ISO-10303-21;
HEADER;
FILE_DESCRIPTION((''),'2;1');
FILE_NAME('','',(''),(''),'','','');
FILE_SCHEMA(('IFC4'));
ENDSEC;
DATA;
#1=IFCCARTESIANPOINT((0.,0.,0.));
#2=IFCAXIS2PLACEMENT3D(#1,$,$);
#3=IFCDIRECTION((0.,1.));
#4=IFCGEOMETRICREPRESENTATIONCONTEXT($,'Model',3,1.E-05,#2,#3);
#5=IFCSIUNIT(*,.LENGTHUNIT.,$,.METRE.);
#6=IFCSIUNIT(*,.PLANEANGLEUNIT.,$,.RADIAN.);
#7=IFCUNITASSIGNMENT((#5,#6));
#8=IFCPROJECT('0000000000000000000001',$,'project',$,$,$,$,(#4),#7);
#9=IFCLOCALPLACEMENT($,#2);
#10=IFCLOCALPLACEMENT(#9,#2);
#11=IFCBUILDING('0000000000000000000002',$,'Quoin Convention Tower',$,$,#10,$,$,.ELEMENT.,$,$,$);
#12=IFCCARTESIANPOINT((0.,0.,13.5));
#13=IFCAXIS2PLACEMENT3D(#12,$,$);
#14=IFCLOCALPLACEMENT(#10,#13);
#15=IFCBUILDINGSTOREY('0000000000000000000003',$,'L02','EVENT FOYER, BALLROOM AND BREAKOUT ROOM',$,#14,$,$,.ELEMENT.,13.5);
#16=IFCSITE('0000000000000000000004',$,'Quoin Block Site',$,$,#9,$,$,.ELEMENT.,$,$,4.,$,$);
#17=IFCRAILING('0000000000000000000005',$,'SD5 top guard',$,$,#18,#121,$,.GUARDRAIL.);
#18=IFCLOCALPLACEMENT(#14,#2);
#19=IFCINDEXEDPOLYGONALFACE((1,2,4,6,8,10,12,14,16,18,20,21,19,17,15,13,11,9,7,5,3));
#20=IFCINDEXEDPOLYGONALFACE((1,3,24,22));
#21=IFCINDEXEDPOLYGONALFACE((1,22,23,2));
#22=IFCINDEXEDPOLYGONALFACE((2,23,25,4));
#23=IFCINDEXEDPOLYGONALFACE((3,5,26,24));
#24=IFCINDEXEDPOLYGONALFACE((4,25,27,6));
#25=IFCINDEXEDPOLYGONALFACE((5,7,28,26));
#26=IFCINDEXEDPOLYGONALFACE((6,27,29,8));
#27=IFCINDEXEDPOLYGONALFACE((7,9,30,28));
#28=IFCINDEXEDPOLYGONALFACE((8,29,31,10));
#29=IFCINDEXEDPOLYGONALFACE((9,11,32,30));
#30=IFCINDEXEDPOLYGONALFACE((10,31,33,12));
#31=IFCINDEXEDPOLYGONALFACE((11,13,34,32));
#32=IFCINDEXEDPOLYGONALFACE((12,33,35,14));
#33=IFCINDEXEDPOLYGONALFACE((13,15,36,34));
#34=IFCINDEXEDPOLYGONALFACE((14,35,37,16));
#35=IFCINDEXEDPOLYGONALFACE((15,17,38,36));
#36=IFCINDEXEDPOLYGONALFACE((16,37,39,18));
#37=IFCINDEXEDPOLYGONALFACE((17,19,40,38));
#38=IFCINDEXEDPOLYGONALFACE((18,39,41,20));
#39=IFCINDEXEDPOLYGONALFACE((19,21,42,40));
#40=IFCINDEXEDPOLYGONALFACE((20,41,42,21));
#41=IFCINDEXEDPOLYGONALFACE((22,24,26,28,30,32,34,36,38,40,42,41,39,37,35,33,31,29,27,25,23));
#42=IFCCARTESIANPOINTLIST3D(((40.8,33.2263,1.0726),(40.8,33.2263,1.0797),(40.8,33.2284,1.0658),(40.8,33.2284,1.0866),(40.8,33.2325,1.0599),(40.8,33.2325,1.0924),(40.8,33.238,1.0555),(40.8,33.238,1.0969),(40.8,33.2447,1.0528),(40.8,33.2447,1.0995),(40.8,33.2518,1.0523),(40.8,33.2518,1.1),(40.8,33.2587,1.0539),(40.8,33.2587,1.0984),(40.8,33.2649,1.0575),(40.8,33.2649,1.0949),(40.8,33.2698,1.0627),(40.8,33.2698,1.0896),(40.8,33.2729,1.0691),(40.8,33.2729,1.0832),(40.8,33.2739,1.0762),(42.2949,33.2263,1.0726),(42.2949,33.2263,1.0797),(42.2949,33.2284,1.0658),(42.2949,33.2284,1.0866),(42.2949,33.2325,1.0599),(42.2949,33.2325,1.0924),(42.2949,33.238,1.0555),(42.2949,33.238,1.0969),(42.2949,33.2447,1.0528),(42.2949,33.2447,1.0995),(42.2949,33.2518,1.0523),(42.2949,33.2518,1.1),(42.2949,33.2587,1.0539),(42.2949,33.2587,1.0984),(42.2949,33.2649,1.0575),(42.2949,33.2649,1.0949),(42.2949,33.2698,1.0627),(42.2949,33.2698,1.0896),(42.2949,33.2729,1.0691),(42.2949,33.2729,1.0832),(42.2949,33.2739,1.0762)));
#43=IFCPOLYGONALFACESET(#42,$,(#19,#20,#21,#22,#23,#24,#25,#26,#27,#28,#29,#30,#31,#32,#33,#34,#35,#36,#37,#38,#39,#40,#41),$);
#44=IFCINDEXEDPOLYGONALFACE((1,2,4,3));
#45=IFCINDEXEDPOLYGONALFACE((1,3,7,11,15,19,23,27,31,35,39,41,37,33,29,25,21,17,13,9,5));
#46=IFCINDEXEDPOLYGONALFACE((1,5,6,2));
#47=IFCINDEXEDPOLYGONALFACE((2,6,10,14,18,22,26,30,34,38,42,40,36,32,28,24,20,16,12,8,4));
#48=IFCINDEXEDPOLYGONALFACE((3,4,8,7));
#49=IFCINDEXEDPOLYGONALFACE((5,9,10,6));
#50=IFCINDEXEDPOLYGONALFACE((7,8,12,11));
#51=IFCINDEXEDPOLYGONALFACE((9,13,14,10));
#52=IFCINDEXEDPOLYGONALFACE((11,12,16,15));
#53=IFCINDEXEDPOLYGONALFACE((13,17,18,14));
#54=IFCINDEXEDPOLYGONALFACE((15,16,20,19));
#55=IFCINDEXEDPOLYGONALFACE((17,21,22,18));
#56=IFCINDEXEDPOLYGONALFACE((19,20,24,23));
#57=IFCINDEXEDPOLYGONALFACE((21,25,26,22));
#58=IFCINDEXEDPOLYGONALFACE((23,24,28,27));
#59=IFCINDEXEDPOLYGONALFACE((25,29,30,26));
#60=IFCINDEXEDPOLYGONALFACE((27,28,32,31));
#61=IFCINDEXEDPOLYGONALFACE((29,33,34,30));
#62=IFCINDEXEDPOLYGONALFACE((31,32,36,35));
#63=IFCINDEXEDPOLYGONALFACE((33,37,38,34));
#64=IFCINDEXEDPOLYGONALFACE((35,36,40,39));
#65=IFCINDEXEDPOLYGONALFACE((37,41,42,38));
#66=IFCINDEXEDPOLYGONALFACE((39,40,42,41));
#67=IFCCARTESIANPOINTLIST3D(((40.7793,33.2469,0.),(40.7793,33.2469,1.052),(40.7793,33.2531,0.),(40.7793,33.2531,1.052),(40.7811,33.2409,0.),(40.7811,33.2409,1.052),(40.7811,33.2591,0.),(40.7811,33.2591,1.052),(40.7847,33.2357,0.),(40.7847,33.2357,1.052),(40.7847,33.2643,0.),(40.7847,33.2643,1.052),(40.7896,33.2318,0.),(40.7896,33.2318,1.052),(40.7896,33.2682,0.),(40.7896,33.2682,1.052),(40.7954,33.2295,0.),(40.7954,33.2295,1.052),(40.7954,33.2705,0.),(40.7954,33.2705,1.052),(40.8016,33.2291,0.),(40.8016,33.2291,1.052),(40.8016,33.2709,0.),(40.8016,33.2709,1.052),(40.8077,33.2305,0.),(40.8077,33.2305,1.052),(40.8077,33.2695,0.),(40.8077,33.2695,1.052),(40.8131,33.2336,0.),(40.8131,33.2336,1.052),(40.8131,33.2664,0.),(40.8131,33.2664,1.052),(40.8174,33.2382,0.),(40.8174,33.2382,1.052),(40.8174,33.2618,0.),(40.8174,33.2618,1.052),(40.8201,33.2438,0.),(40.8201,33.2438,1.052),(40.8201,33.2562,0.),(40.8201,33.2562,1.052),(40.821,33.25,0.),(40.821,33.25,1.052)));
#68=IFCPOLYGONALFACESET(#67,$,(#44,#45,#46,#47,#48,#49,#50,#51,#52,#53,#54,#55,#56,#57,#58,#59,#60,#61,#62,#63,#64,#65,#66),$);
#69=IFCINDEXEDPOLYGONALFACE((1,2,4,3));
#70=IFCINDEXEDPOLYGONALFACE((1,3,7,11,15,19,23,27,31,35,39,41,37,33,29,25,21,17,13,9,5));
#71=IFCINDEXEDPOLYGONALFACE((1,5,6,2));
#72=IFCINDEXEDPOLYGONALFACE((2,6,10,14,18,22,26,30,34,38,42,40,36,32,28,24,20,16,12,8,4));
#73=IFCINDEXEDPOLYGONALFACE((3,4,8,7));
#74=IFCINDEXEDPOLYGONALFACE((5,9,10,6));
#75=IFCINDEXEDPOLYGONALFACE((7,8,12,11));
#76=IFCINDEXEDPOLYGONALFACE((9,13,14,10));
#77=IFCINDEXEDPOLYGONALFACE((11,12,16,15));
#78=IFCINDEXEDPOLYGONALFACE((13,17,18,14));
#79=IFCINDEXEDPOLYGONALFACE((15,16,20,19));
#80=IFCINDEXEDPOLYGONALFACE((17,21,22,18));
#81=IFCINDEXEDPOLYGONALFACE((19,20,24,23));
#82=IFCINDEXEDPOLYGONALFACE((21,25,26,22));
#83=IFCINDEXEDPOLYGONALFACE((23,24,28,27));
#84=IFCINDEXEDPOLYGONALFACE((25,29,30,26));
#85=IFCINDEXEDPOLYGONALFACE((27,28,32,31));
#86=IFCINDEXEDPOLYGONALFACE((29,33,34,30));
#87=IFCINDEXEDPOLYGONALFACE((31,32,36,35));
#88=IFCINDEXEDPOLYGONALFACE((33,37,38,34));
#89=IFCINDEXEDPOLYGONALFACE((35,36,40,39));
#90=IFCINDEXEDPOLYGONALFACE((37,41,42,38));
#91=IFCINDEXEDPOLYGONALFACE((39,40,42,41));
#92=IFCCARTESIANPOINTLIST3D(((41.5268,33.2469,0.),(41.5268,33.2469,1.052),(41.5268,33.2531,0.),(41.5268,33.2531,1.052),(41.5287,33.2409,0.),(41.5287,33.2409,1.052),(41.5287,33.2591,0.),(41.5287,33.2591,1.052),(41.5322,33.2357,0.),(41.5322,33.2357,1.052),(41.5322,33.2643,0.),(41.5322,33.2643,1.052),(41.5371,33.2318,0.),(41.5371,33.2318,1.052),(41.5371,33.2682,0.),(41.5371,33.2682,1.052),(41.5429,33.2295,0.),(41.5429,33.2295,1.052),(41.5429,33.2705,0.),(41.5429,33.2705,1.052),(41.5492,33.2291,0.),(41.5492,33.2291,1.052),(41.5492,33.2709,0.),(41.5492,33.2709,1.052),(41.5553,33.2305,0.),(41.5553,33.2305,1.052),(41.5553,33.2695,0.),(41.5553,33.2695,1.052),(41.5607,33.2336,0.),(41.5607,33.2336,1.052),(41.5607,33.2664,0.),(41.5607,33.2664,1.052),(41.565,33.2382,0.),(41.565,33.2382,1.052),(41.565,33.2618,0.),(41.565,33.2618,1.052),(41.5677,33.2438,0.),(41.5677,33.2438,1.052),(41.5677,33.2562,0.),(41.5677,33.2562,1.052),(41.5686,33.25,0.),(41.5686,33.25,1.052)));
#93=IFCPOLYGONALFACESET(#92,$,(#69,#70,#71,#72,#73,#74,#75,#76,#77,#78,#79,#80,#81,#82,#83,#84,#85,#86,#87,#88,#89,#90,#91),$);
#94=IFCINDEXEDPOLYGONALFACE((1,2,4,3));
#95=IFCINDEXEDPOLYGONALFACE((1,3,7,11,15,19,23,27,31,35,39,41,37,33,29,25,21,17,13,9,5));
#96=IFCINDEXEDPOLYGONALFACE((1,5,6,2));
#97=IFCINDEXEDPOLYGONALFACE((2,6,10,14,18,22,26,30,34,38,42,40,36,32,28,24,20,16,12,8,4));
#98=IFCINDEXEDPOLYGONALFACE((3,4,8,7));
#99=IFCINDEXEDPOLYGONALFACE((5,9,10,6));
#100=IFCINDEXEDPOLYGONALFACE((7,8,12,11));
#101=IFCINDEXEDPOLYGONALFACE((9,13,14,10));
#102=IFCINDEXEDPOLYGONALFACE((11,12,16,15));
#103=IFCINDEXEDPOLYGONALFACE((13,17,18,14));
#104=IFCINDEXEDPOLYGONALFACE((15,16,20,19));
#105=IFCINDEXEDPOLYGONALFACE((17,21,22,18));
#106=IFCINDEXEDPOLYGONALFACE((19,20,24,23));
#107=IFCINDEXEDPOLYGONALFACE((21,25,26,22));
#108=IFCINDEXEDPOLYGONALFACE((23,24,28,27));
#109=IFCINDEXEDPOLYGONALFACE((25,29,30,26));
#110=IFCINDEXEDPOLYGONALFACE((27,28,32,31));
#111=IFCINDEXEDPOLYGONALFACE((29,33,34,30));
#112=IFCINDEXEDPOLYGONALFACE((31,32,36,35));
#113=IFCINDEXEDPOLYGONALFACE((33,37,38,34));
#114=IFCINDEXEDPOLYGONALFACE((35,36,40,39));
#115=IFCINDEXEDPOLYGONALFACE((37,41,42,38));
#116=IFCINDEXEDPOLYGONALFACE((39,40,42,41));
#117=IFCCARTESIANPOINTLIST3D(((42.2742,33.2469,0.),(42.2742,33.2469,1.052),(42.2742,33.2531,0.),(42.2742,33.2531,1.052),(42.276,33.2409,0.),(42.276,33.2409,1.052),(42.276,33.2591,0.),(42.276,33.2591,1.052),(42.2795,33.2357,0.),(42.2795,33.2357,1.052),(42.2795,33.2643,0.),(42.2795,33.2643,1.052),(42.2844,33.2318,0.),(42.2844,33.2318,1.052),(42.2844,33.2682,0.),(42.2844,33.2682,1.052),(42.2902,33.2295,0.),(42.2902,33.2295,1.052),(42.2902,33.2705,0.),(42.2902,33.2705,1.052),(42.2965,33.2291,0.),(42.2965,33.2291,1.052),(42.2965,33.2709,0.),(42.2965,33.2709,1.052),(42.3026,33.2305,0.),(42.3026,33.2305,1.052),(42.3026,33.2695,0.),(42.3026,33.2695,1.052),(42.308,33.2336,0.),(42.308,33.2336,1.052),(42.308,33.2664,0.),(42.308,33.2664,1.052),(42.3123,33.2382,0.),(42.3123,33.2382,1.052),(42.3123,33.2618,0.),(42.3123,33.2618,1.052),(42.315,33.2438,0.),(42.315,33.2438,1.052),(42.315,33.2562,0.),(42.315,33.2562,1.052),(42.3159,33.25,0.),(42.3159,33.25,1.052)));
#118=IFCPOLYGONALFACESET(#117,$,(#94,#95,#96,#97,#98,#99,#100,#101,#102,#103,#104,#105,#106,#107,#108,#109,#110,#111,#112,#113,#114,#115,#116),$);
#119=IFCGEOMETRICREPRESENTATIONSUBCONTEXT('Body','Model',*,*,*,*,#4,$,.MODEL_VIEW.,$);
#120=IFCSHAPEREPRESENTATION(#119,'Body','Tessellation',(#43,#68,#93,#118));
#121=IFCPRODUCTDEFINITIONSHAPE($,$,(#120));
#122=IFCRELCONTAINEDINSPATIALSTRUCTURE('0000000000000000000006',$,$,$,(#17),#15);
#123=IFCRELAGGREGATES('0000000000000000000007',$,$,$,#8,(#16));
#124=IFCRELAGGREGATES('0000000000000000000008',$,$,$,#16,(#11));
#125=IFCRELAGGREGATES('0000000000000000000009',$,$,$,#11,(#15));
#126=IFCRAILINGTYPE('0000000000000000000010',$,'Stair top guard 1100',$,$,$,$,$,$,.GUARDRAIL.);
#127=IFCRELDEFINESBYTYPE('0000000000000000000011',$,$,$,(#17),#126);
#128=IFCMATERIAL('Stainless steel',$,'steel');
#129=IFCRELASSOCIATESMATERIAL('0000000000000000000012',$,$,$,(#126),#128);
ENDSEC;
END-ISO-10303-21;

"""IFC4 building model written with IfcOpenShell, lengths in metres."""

from ifc_helpers import new_model, si_unit, direction, frame, origin, origin_2d, place, context, subcontext, project, spatial, circle, extrude, material, type_object, element, save


model = new_model("IFC4")

# Units and contexts
model_context = context("Model", 3, precision=1e-05, world=origin(), true_north=direction((0.0, 1.0)))
body_context = subcontext(model_context, "Body", "Model", "MODEL_VIEW")
ifc_project = project(units=[si_unit("LENGTHUNIT", "METRE"), si_unit("PLANEANGLEUNIT", "RADIAN")], contexts=[model_context])

# Site, building, storey
site_placement = place(None, origin())
site = spatial("IfcSite", under=ifc_project, at=site_placement, Name="Quoin Block Site", CompositionType="ELEMENT", RefElevation=4.0)
building_placement = place(site_placement, origin())
building = spatial("IfcBuilding", under=site, at=building_placement, Name="Quoin Convention Tower", CompositionType="ELEMENT")
storey_placement = place(building_placement, frame((0.0, 0.0, 13.5)))
storey = spatial("IfcBuildingStorey", under=building, at=storey_placement, Name="L02", Description="EVENT FOYER, BALLROOM AND BREAKOUT ROOM", CompositionType="ELEMENT", Elevation=13.5)

# Railing
ifc_material_1 = material(Name="Stainless steel", Category="steel")
railing_type_1 = type_object("IfcRailingType", Name="Stair top guard 1100", PredefinedType="GUARDRAIL", material=ifc_material_1)
railing_1_placement = place(storey_placement, frame((40.8, 33.25, 0.0)))
element("IfcRailing", 1, at=railing_1_placement, inside=storey, type_object=railing_type_1, Name="SD5 top guard", PredefinedType="GUARDRAIL", context=body_context, shape_type="SweptSolid", body=[
    extrude(circle(Radius=0.0239, at=origin_2d()), frame((0.0, 0.0, 1.0762), z_axis=(1.0, 0.0, 0.0), x_axis=(0.0, 1.0, 0.0)), (0.0, 0.0, 1.0), 1.4949),
    extrude(circle(Radius=0.021, at=origin_2d()), origin(), (0.0, 0.0, 1.0), 1.052),
    extrude(circle(Radius=0.021, at=origin_2d()), frame((0.7476, 0.0, 0.0)), (0.0, 0.0, 1.0), 1.052),
    extrude(circle(Radius=0.021, at=origin_2d()), frame((1.4949, 0.0, 0.0)), (0.0, 0.0, 1.0), 1.052),
])

save(model, "model.ifc")
